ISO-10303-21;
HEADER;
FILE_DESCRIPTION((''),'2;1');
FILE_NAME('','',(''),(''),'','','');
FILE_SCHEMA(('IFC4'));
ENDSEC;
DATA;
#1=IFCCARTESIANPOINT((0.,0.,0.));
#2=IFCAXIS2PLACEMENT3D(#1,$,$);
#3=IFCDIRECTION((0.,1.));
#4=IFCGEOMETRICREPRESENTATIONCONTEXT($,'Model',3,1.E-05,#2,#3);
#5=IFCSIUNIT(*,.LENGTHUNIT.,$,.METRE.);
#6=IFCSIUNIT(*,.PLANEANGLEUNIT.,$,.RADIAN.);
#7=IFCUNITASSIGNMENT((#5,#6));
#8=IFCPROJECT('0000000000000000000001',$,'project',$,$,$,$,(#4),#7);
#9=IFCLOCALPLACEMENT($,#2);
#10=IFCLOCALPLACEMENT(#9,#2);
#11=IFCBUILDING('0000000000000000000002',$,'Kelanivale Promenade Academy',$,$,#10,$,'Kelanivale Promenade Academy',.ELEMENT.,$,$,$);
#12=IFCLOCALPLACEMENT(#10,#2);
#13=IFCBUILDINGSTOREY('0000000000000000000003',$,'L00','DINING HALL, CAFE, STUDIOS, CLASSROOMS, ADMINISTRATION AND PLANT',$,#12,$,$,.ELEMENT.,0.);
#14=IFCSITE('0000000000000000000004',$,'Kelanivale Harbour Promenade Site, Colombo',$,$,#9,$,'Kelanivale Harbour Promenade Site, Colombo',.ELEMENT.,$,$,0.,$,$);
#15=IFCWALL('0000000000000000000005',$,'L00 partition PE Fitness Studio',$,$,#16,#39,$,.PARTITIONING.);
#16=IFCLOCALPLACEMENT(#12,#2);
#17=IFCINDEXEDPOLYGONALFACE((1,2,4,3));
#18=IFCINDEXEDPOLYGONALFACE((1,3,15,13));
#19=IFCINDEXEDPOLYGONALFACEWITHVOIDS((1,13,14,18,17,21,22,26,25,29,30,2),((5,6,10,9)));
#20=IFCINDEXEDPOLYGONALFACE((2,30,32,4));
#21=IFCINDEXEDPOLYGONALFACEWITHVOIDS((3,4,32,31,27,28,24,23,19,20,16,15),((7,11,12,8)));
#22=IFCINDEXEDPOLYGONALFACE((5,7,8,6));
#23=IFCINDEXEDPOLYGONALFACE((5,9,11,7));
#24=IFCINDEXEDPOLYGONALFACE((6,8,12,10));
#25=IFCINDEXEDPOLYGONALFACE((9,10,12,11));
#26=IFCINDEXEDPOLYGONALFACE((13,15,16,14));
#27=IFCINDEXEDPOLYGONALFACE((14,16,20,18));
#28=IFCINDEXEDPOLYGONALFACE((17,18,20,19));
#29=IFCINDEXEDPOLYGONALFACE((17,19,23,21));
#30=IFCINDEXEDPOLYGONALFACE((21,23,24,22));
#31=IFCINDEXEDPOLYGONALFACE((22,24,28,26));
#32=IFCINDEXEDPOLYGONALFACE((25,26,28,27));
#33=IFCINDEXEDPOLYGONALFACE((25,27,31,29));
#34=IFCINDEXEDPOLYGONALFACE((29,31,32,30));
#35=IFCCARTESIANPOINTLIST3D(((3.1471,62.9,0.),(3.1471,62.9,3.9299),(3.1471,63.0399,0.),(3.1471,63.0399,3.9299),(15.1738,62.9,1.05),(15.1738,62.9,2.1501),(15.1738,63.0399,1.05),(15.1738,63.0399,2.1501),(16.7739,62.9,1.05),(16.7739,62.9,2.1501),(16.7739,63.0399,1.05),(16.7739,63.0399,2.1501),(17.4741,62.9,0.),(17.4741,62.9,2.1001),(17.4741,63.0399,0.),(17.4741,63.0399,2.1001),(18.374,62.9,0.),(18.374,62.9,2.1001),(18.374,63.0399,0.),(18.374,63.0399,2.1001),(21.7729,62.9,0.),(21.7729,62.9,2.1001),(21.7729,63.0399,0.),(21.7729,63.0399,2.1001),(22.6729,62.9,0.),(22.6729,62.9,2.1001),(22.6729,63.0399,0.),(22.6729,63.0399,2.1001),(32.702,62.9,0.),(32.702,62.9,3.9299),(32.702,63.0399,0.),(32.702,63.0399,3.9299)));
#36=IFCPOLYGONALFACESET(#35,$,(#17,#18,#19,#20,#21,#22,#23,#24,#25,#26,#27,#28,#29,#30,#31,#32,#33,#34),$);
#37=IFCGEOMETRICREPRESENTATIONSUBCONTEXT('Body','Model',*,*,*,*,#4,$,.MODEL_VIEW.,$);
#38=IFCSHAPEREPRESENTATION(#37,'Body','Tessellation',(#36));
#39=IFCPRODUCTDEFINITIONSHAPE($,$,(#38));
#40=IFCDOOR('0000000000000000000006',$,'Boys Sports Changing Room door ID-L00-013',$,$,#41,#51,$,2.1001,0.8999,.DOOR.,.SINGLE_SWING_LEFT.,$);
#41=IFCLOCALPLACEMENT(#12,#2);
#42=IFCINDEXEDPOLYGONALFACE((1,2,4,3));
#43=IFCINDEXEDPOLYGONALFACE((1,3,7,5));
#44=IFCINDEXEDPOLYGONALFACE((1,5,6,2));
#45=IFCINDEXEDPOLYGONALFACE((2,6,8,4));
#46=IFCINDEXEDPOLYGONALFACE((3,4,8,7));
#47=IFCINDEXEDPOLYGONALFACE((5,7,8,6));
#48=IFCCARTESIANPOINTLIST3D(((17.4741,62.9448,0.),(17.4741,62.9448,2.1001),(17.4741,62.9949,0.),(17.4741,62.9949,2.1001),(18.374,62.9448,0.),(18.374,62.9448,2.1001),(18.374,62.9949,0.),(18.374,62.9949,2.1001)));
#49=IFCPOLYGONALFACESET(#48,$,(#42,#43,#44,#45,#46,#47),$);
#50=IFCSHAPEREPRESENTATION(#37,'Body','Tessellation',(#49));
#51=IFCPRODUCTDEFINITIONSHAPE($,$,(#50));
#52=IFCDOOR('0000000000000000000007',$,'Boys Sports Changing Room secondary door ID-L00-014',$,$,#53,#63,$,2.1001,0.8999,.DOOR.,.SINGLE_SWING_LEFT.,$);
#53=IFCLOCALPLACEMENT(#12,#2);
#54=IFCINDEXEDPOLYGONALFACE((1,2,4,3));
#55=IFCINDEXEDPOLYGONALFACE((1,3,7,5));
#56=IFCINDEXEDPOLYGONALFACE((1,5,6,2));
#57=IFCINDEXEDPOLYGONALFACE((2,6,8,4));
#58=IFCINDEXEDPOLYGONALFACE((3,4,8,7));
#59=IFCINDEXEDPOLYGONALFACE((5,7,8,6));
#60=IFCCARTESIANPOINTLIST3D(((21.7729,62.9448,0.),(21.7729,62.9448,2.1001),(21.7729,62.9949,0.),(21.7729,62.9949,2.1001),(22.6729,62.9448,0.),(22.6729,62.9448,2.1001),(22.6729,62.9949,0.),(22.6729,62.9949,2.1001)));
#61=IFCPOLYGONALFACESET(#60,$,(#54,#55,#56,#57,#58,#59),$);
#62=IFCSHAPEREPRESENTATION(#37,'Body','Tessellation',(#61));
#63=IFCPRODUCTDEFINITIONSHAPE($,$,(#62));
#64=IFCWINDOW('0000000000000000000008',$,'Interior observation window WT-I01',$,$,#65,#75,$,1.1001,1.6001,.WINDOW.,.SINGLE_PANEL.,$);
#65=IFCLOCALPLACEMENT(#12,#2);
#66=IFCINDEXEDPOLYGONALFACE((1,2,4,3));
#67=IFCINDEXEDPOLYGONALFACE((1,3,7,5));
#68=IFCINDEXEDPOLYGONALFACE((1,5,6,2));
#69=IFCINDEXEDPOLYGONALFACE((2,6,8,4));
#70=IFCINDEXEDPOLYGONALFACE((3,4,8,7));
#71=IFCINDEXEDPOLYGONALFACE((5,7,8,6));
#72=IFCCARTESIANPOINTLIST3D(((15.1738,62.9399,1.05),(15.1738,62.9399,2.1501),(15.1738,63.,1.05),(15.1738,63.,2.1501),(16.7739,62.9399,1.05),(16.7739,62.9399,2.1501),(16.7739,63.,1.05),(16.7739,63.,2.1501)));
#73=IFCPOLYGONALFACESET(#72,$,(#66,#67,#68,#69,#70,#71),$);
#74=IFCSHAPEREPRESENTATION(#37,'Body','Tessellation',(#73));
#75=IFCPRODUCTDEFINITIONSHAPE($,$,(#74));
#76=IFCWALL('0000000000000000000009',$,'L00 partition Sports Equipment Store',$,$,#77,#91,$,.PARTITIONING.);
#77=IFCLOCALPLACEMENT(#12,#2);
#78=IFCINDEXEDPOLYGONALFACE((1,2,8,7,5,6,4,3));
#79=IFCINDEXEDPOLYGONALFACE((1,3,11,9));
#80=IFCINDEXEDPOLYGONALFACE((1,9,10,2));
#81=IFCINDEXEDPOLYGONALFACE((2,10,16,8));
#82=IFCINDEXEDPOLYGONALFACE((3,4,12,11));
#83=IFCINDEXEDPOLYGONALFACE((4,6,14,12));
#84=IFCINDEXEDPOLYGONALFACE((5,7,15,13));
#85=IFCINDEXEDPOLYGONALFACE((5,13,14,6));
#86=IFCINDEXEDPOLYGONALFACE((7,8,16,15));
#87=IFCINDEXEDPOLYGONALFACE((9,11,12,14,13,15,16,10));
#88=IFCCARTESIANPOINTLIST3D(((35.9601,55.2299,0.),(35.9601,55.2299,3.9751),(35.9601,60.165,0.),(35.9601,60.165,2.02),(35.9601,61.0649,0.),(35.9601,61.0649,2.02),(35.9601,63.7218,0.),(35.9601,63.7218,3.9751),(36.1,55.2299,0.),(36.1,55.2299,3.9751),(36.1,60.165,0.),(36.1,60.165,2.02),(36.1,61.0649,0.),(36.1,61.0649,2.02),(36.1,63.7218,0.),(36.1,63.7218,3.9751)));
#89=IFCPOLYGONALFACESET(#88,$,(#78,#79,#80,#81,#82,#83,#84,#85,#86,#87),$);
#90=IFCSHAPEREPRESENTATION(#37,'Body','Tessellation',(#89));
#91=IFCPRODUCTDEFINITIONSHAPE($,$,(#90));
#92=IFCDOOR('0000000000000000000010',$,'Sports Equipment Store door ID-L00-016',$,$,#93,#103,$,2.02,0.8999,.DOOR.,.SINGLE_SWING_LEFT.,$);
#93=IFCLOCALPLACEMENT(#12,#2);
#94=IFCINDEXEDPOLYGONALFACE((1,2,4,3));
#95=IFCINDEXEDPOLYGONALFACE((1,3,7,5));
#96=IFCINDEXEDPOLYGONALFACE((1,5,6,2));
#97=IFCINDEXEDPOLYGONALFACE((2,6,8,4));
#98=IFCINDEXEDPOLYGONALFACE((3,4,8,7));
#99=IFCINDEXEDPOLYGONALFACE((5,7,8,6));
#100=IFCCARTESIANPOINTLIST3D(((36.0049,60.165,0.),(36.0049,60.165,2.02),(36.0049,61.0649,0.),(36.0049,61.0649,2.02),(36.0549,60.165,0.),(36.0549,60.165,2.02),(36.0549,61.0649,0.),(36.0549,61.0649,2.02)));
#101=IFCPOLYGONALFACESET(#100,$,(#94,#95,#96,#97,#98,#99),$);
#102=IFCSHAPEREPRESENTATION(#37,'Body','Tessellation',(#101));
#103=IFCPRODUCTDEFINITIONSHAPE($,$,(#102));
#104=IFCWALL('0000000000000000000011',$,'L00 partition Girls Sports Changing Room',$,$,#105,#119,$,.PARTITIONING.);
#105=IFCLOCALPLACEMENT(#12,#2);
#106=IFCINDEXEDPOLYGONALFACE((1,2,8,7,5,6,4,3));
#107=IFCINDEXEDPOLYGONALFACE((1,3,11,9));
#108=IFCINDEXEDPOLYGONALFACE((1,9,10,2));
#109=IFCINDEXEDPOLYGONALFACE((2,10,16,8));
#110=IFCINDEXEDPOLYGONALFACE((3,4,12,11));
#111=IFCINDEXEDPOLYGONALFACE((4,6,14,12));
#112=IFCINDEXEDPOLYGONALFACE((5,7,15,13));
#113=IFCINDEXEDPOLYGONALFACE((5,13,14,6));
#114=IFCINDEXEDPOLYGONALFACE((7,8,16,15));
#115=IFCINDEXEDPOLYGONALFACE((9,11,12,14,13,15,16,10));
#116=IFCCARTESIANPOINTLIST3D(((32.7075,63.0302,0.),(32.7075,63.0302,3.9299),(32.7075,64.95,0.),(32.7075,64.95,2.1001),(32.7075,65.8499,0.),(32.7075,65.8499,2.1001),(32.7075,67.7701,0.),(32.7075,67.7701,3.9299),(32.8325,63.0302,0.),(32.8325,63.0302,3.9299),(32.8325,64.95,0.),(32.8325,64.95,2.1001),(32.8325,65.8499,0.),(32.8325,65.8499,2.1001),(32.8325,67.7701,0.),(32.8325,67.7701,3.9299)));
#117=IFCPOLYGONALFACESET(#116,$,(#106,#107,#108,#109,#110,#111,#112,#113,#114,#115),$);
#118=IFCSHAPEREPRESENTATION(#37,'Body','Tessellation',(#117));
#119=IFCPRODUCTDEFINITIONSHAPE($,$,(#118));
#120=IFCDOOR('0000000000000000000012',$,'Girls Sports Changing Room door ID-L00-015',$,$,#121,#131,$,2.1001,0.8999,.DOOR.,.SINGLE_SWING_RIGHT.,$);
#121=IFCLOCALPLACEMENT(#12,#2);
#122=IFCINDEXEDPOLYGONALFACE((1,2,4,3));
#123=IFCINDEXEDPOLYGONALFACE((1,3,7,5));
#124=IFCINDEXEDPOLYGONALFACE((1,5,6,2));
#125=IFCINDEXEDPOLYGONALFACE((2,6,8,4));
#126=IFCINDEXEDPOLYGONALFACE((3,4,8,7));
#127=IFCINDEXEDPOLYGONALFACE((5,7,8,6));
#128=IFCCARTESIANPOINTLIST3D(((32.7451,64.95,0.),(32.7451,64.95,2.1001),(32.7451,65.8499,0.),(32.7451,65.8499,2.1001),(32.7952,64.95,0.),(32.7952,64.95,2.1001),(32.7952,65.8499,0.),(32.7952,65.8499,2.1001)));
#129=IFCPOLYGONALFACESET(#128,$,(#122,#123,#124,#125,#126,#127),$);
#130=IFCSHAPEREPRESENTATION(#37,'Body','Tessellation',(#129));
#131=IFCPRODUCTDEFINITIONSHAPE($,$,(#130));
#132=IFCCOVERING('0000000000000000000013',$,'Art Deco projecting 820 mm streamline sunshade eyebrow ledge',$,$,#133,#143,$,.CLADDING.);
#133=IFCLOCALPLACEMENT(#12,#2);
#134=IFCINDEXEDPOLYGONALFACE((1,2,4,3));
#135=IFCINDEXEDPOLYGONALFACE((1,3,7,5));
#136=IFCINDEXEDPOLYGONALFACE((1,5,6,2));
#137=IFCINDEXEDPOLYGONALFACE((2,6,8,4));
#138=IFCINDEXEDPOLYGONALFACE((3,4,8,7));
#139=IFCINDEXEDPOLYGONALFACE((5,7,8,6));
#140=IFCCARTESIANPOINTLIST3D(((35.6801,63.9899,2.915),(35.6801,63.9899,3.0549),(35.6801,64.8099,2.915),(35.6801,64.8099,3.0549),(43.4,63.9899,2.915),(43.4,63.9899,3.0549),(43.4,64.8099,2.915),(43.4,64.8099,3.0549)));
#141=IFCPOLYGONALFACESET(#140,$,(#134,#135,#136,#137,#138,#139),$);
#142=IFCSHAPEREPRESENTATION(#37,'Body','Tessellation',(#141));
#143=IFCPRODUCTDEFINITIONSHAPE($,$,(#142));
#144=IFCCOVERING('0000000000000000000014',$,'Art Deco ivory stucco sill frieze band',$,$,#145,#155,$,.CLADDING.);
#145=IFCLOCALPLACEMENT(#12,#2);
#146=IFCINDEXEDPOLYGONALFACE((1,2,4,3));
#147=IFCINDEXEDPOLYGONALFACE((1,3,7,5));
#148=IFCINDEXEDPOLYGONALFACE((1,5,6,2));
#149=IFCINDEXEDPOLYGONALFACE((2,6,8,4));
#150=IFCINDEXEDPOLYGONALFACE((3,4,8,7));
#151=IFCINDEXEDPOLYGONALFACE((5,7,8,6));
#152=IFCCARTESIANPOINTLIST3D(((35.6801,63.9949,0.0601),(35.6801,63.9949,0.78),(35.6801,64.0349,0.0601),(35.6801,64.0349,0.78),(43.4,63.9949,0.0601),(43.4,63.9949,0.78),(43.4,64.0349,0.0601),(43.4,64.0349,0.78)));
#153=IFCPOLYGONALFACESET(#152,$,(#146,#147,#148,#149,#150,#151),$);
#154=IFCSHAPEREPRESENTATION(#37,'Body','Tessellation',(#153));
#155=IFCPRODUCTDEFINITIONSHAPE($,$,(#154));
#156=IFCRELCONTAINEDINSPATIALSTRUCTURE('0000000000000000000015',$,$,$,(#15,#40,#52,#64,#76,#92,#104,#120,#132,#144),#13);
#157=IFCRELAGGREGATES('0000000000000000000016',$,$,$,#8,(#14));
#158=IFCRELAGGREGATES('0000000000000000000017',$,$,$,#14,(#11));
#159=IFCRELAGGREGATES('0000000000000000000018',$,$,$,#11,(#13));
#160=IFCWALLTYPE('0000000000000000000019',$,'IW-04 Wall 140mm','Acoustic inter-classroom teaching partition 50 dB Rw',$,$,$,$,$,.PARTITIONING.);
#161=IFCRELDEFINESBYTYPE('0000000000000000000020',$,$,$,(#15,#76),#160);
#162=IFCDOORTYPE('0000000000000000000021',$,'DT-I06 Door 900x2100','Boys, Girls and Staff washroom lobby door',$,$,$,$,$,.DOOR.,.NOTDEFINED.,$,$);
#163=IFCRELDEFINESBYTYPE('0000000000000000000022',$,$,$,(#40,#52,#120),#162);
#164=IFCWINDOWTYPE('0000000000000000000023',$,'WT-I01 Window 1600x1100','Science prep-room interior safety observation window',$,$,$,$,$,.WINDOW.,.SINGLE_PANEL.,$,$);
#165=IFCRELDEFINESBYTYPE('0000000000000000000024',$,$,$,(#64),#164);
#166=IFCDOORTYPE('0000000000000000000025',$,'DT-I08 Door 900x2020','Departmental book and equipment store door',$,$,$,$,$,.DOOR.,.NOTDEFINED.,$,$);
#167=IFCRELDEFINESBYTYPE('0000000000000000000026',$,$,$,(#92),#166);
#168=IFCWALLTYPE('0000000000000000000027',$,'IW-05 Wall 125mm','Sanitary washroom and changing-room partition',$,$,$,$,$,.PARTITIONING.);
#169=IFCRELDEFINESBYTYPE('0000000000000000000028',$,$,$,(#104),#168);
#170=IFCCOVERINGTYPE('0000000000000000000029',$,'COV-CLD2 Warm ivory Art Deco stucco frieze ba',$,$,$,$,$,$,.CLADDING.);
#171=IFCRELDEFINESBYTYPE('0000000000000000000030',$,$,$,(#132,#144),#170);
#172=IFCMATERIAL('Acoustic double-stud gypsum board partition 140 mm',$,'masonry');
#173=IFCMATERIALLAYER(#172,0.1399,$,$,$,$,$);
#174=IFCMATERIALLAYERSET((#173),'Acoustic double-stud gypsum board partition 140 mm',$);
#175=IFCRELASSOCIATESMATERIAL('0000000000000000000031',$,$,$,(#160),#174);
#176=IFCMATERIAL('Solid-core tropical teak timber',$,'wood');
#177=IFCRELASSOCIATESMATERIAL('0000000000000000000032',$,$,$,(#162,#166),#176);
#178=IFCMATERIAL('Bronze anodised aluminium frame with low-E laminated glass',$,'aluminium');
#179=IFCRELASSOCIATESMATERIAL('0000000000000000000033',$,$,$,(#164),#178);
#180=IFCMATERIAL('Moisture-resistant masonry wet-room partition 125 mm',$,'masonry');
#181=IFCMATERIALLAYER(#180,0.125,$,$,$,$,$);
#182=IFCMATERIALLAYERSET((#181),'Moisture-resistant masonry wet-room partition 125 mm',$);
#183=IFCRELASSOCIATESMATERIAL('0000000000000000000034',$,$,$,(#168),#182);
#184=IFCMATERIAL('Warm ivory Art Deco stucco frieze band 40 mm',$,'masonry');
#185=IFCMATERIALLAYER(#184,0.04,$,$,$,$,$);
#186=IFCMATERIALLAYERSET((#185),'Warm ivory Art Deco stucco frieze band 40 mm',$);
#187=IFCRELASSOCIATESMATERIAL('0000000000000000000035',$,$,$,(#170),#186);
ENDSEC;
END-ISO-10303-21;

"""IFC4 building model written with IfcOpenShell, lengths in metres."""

from ifc_helpers import new_model, si_unit, direction, frame, frame_2d, origin, origin_2d, place, context, subcontext, project, spatial, rectangle, extrude, material, layer, layer_set, type_object, element, fill, save


model = new_model("IFC4")

# Units and contexts
model_context = context("Model", 3, precision=1e-05, world=origin(), true_north=direction((0.0, 1.0)))
body_context = subcontext(model_context, "Body", "Model", "MODEL_VIEW")
ifc_project = project(units=[si_unit("LENGTHUNIT", "METRE"), si_unit("PLANEANGLEUNIT", "RADIAN")], contexts=[model_context])

# Site, building, storey
site_placement = place(None, origin())
site = spatial("IfcSite", under=ifc_project, at=site_placement, Name="Kelanivale Harbour Promenade Site, Colombo", LongName="Kelanivale Harbour Promenade Site, Colombo", CompositionType="ELEMENT", RefElevation=0.0)
building_placement = place(site_placement, origin())
building = spatial("IfcBuilding", under=site, at=building_placement, Name="Kelanivale Promenade Academy", LongName="Kelanivale Promenade Academy", CompositionType="ELEMENT")
storey_placement = place(building_placement, origin())
storey = spatial("IfcBuildingStorey", under=building, at=storey_placement, Name="L00", Description="DINING HALL, CAFE, STUDIOS, CLASSROOMS, ADMINISTRATION AND PLANT", CompositionType="ELEMENT", Elevation=0.0)

# Wall, openings, doors, window
ifc_material_1 = material(Name="Acoustic double-stud gypsum board partition 140 mm", Category="masonry")
ifc_layer_1 = layer(ifc_material_1, 0.1399)
ifc_layer_set_1 = layer_set([ifc_layer_1], Name="Acoustic double-stud gypsum board partition 140 mm")
wall_type_1 = type_object("IfcWallType", Name="IW-04 Wall 140mm", Description="Acoustic inter-classroom teaching partition 50 dB Rw", PredefinedType="PARTITIONING", material=ifc_layer_set_1)
wall_1_placement = place(storey_placement, frame((32.7019, 62.97, 0.0), z_axis=(0.0, 0.0, 1.0), x_axis=(-1.0, 0.0, 0.0)))
wall_1 = element("IfcWall", 1, at=wall_1_placement, inside=storey, type_object=wall_type_1, Name="L00 partition PE Fitness Studio", PredefinedType="PARTITIONING", context=body_context, shape_type="SweptSolid", body=[
    extrude(rectangle(XDim=29.5549, YDim=0.1399, at=frame_2d((14.7773, 0.0))), origin(), (0.0, 0.0, 1.0), 3.9299),
])
opening_1_placement = place(wall_1_placement, frame((14.3279, 0.0, 0.0)))
opening_1 = element("IfcOpeningElement", 2, at=opening_1_placement, cuts=wall_1, PredefinedType="OPENING", context=body_context, shape_type="SweptSolid", body=[
    extrude(rectangle(XDim=0.8999, YDim=2.1001, at=frame_2d((0.45, 1.05))), frame((0.0, 0.0801, 0.0), z_axis=(0.0, -1.0, 0.0), x_axis=(1.0, 0.0, 0.0)), (0.0, 0.0, 1.0), 0.1599),
])
opening_2_placement = place(wall_1_placement, frame((10.0291, 0.0, 0.0)))
opening_2 = element("IfcOpeningElement", 3, at=opening_2_placement, cuts=wall_1, PredefinedType="OPENING", context=body_context, shape_type="SweptSolid", body=[
    extrude(rectangle(XDim=0.8999, YDim=2.1001, at=frame_2d((0.45, 1.05))), frame((0.0, 0.0801, 0.0), z_axis=(0.0, -1.0, 0.0), x_axis=(1.0, 0.0, 0.0)), (0.0, 0.0, 1.0), 0.1599),
])
opening_3_placement = place(wall_1_placement, frame((15.928, 0.0, 1.05)))
opening_3 = element("IfcOpeningElement", 4, at=opening_3_placement, cuts=wall_1, PredefinedType="OPENING", context=body_context, shape_type="SweptSolid", body=[
    extrude(rectangle(XDim=1.6001, YDim=1.1001, at=frame_2d((0.8, 0.55))), frame((0.0, 0.0801, 0.0), z_axis=(0.0, -1.0, 0.0), x_axis=(1.0, 0.0, 0.0)), (0.0, 0.0, 1.0), 0.1599),
])
ifc_material_2 = material(Name="Solid-core tropical teak timber", Category="wood")
door_type_1 = type_object("IfcDoorType", Name="DT-I06 Door 900x2100", Description="Boys, Girls and Staff washroom lobby door", OperationType="NOTDEFINED", PredefinedType="DOOR", material=ifc_material_2)
door_1_placement = place(opening_1_placement, frame((0.8999, 0.0, 0.0), z_axis=(0.0, 0.0, 1.0), x_axis=(-1.0, 0.0, 0.0)))
door_1 = element("IfcDoor", 5, at=door_1_placement, inside=storey, type_object=door_type_1, Name="Boys Sports Changing Room door ID-L00-013", OperationType="SINGLE_SWING_LEFT", OverallHeight=2.1001, OverallWidth=0.8999, PredefinedType="DOOR", context=body_context, shape_type="SweptSolid", body=[
    extrude(rectangle(XDim=0.8999, YDim=2.1001, at=frame_2d((0.45, 1.05))), frame((0.0, 0.0249, 0.0), z_axis=(0.0, -1.0, 0.0), x_axis=(1.0, 0.0, 0.0)), (0.0, 0.0, 1.0), 0.05),
])
fill(opening_1, door_1)
door_2_placement = place(opening_2_placement, frame((0.8999, 0.0, 0.0), z_axis=(0.0, 0.0, 1.0), x_axis=(-1.0, 0.0, 0.0)))
door_2 = element("IfcDoor", 6, at=door_2_placement, inside=storey, type_object=door_type_1, Name="Boys Sports Changing Room secondary door ID-L00-014", OperationType="SINGLE_SWING_LEFT", OverallHeight=2.1001, OverallWidth=0.8999, PredefinedType="DOOR", context=body_context, shape_type="SweptSolid", body=[
    extrude(rectangle(XDim=0.8999, YDim=2.1001, at=frame_2d((0.45, 1.05))), frame((0.0, 0.0249, 0.0), z_axis=(0.0, -1.0, 0.0), x_axis=(1.0, 0.0, 0.0)), (0.0, 0.0, 1.0), 0.05),
])
fill(opening_2, door_2)
ifc_material_3 = material(Name="Bronze anodised aluminium frame with low-E laminated glass", Category="aluminium")
window_type = type_object("IfcWindowType", Name="WT-I01 Window 1600x1100", Description="Science prep-room interior safety observation window", PartitioningType="SINGLE_PANEL", PredefinedType="WINDOW", material=ifc_material_3)
window_placement = place(opening_3_placement, origin())
window = element("IfcWindow", 7, at=window_placement, inside=storey, type_object=window_type, Name="Interior observation window WT-I01", OverallHeight=1.1001, OverallWidth=1.6001, PartitioningType="SINGLE_PANEL", PredefinedType="WINDOW", context=body_context, shape_type="SweptSolid", body=[
    extrude(rectangle(XDim=1.6001, YDim=1.1001, at=frame_2d((0.8, 0.55))), frame((0.0, 0.03, 0.0), z_axis=(0.0, -1.0, 0.0), x_axis=(1.0, 0.0, 0.0)), (0.0, 0.0, 1.0), 0.0601),
])
fill(opening_3, window)

# Walls, openings, doors
wall_2_placement = place(storey_placement, frame((36.03, 63.7219, 0.0), z_axis=(0.0, 0.0, 1.0), x_axis=(0.0, -1.0, 0.0)))
wall_2 = element("IfcWall", 8, at=wall_2_placement, inside=storey, type_object=wall_type_1, Name="L00 partition Sports Equipment Store", PredefinedType="PARTITIONING", context=body_context, shape_type="SweptSolid", body=[
    extrude(rectangle(XDim=8.4919, YDim=0.1399, at=frame_2d((4.2461, 0.0))), origin(), (0.0, 0.0, 1.0), 3.9751),
])
opening_4_placement = place(wall_2_placement, frame((2.657, 0.0, 0.0)))
opening_4 = element("IfcOpeningElement", 9, at=opening_4_placement, cuts=wall_2, PredefinedType="OPENING", context=body_context, shape_type="SweptSolid", body=[
    extrude(rectangle(XDim=0.8999, YDim=2.02, at=frame_2d((0.45, 1.01))), frame((0.0, 0.0801, 0.0), z_axis=(0.0, -1.0, 0.0), x_axis=(1.0, 0.0, 0.0)), (0.0, 0.0, 1.0), 0.1599),
])
door_type_2 = type_object("IfcDoorType", Name="DT-I08 Door 900x2020", Description="Departmental book and equipment store door", OperationType="NOTDEFINED", PredefinedType="DOOR", material=ifc_material_2)
door_3_placement = place(opening_4_placement, origin())
door_3 = element("IfcDoor", 10, at=door_3_placement, inside=storey, type_object=door_type_2, Name="Sports Equipment Store door ID-L00-016", OperationType="SINGLE_SWING_LEFT", OverallHeight=2.02, OverallWidth=0.8999, PredefinedType="DOOR", context=body_context, shape_type="SweptSolid", body=[
    extrude(rectangle(XDim=0.8999, YDim=2.02, at=frame_2d((0.45, 1.01))), frame((0.0, 0.0249, 0.0), z_axis=(0.0, -1.0, 0.0), x_axis=(1.0, 0.0, 0.0)), (0.0, 0.0, 1.0), 0.05),
])
fill(opening_4, door_3)
ifc_material_4 = material(Name="Moisture-resistant masonry wet-room partition 125 mm", Category="masonry")
ifc_layer_2 = layer(ifc_material_4, 0.125)
ifc_layer_set_2 = layer_set([ifc_layer_2], Name="Moisture-resistant masonry wet-room partition 125 mm")
wall_type_2 = type_object("IfcWallType", Name="IW-05 Wall 125mm", Description="Sanitary washroom and changing-room partition", PredefinedType="PARTITIONING", material=ifc_layer_set_2)
wall_3_placement = place(storey_placement, frame((32.77, 63.03, 0.0), z_axis=(0.0, 0.0, 1.0), x_axis=(0.0, 1.0, 0.0)))
wall_3 = element("IfcWall", 11, at=wall_3_placement, inside=storey, type_object=wall_type_2, Name="L00 partition Girls Sports Changing Room", PredefinedType="PARTITIONING", context=body_context, shape_type="SweptSolid", body=[
    extrude(rectangle(XDim=4.74, YDim=0.125, at=frame_2d((2.3701, 0.0))), origin(), (0.0, 0.0, 1.0), 3.9299),
])
opening_5_placement = place(wall_3_placement, frame((1.9199, 0.0, 0.0)))
opening_5 = element("IfcOpeningElement", 12, at=opening_5_placement, cuts=wall_3, PredefinedType="OPENING", context=body_context, shape_type="SweptSolid", body=[
    extrude(rectangle(XDim=0.8999, YDim=2.1001, at=frame_2d((0.45, 1.05))), frame((0.0, 0.0725, 0.0), z_axis=(0.0, -1.0, 0.0), x_axis=(1.0, 0.0, 0.0)), (0.0, 0.0, 1.0), 0.145),
])
door_4_placement = place(opening_5_placement, origin())
door_4 = element("IfcDoor", 13, at=door_4_placement, inside=storey, type_object=door_type_1, Name="Girls Sports Changing Room door ID-L00-015", OperationType="SINGLE_SWING_RIGHT", OverallHeight=2.1001, OverallWidth=0.8999, PredefinedType="DOOR", context=body_context, shape_type="SweptSolid", body=[
    extrude(rectangle(XDim=0.8999, YDim=2.1001, at=frame_2d((0.45, 1.05))), frame((0.0, 0.0249, 0.0), z_axis=(0.0, -1.0, 0.0), x_axis=(1.0, 0.0, 0.0)), (0.0, 0.0, 1.0), 0.05),
])
fill(opening_5, door_4)

# Coverings
ifc_material_5 = material(Name="Warm ivory Art Deco stucco frieze band 40 mm", Category="masonry")
ifc_layer_3 = layer(ifc_material_5, 0.04)
ifc_layer_set_3 = layer_set([ifc_layer_3], Name="Warm ivory Art Deco stucco frieze band 40 mm")
covering_type = type_object("IfcCoveringType", Name="COV-CLD2 Warm ivory Art Deco stucco frieze ba", PredefinedType="CLADDING", material=ifc_layer_set_3)
covering_1_placement = place(storey_placement, frame((39.54, 64.3999, 2.915), z_axis=(0.0, 0.0, 1.0), x_axis=(-1.0, 0.0, 0.0)))
element("IfcCovering", 14, at=covering_1_placement, inside=storey, type_object=covering_type, Name="Art Deco projecting 820 mm streamline sunshade eyebrow ledge", PredefinedType="CLADDING", context=body_context, shape_type="SweptSolid", body=[
    extrude(rectangle(XDim=7.72, YDim=0.8201, at=origin_2d()), origin(), (0.0, 0.0, 1.0), 0.1399),
])
covering_2_placement = place(storey_placement, frame((39.54, 64.0149, 0.0601), z_axis=(0.0, 0.0, 1.0), x_axis=(-1.0, 0.0, 0.0)))
element("IfcCovering", 15, at=covering_2_placement, inside=storey, type_object=covering_type, Name="Art Deco ivory stucco sill frieze band", PredefinedType="CLADDING", context=body_context, shape_type="SweptSolid", body=[
    extrude(rectangle(XDim=7.72, YDim=0.04, at=origin_2d()), origin(), (0.0, 0.0, 1.0), 0.72),
])

save(model, "model.ifc")
